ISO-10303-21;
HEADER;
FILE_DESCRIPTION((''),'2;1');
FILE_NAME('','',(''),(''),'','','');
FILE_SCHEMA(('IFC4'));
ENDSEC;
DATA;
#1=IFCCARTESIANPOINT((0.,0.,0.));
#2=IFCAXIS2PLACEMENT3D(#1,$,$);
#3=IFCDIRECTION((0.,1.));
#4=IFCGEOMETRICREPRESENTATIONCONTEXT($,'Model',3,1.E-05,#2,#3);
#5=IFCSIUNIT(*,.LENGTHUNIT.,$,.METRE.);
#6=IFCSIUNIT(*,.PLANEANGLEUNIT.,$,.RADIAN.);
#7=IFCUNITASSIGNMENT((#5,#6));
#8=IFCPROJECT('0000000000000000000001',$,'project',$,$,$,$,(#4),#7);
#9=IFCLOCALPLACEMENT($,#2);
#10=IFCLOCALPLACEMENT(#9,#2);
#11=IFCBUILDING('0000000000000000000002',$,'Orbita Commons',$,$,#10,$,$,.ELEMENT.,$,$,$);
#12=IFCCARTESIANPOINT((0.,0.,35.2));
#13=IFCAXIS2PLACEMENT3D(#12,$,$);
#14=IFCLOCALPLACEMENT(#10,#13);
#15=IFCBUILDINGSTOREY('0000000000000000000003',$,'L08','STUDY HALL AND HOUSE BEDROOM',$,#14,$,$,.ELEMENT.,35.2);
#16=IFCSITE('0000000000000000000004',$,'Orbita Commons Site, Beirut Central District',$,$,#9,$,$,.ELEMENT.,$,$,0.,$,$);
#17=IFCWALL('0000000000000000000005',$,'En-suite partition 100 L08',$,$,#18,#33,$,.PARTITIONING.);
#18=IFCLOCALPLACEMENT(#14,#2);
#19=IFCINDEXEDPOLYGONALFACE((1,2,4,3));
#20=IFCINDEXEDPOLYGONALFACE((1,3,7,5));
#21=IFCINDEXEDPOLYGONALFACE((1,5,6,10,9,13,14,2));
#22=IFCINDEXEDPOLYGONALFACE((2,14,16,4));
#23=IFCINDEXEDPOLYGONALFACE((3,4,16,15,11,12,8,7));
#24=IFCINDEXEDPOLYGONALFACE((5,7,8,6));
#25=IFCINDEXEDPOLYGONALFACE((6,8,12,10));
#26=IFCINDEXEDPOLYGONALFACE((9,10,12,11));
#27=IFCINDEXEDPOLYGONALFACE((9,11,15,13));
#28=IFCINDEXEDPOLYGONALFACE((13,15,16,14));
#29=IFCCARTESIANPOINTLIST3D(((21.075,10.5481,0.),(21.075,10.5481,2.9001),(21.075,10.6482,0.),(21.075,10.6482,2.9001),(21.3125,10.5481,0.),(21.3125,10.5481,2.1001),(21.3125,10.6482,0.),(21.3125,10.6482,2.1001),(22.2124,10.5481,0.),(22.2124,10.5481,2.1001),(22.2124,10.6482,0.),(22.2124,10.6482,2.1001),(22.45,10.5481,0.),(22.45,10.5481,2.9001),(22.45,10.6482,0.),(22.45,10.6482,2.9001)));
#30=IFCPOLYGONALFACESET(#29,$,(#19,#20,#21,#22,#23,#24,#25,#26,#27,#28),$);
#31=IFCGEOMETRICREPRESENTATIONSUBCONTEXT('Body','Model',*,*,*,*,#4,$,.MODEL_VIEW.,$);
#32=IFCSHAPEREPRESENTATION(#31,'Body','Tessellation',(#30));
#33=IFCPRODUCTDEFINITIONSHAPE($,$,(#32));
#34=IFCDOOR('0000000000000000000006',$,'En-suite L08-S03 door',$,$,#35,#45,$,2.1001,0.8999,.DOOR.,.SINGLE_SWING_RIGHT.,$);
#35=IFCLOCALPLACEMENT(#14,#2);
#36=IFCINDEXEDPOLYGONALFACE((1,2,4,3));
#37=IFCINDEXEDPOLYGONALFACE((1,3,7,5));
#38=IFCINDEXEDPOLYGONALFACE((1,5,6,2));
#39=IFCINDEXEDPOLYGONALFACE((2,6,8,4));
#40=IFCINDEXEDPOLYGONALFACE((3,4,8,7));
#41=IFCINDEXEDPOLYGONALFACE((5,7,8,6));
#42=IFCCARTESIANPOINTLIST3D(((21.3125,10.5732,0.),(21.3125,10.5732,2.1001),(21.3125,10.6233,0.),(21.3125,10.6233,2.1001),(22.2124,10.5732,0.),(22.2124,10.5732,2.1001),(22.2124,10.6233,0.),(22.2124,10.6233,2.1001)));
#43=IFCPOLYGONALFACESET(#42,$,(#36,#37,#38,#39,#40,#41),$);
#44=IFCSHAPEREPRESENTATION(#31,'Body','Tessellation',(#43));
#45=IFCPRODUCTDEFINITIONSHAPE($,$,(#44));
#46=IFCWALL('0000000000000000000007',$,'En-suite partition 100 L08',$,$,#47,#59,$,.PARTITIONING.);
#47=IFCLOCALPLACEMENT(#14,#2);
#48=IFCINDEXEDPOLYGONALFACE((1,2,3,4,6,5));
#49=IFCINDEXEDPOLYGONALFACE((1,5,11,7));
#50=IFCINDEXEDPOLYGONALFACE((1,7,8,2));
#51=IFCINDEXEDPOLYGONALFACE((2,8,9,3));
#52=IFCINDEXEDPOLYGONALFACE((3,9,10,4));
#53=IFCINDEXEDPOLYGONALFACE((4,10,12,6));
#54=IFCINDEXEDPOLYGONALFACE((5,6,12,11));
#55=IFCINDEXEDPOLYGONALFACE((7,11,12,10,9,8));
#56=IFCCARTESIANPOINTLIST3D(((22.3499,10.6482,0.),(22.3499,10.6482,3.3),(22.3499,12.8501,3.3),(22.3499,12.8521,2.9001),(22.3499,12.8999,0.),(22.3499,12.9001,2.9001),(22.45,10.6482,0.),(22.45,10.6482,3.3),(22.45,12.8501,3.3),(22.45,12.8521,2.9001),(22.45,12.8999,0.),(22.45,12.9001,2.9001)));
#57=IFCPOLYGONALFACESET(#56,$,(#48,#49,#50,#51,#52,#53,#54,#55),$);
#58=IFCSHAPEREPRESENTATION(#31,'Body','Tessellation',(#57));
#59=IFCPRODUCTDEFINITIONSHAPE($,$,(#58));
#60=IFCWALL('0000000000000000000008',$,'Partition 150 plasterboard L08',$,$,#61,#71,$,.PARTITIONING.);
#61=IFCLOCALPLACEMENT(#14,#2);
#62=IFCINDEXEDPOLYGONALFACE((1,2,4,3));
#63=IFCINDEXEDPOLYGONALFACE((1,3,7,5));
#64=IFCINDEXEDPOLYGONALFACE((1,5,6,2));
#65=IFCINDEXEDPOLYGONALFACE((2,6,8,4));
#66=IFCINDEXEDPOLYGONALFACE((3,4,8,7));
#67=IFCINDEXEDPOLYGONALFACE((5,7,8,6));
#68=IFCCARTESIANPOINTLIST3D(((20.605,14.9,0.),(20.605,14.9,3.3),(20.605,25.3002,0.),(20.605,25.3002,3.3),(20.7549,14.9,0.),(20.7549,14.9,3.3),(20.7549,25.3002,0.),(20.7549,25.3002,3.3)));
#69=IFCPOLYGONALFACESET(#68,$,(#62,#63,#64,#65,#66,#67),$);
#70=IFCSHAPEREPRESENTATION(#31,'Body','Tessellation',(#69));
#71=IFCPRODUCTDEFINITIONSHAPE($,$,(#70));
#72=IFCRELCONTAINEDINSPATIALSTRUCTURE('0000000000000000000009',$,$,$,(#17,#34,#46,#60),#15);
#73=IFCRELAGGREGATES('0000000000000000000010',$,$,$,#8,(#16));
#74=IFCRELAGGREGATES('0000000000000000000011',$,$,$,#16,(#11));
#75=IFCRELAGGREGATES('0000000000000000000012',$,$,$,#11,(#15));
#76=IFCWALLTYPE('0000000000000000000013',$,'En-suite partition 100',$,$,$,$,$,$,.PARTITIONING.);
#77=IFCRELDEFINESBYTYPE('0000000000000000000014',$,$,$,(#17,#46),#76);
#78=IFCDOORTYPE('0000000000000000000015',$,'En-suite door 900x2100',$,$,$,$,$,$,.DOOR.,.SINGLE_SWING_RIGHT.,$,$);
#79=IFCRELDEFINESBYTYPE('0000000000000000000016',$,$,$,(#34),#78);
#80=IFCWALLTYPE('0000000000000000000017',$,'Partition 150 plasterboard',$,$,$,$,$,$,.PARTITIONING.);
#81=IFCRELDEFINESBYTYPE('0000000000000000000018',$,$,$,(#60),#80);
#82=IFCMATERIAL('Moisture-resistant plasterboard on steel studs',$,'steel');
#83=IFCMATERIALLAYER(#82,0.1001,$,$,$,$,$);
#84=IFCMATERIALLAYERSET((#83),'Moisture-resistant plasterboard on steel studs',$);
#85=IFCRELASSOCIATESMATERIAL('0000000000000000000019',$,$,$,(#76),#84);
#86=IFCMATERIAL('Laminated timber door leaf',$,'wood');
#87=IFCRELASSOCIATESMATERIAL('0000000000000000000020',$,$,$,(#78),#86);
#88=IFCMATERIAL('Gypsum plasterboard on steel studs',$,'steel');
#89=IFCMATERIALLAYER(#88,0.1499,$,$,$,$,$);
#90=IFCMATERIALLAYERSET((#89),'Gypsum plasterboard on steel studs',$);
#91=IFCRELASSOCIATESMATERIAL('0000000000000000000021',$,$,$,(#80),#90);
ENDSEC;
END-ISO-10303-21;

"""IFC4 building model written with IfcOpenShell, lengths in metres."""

from ifc_helpers import new_model, si_unit, direction, frame, frame_2d, origin, place, context, subcontext, project, spatial, polyline, rectangle, outline, extrude, material, layer, layer_set, type_object, element, fill, save


model = new_model("IFC4")

# Units and contexts
model_context = context("Model", 3, precision=1e-05, world=origin(), true_north=direction((0.0, 1.0)))
body_context = subcontext(model_context, "Body", "Model", "MODEL_VIEW")
ifc_project = project(units=[si_unit("LENGTHUNIT", "METRE"), si_unit("PLANEANGLEUNIT", "RADIAN")], contexts=[model_context])

# Site, building, storey
site_placement = place(None, origin())
site = spatial("IfcSite", under=ifc_project, at=site_placement, Name="Orbita Commons Site, Beirut Central District", CompositionType="ELEMENT", RefElevation=0.0)
building_placement = place(site_placement, origin())
building = spatial("IfcBuilding", under=site, at=building_placement, Name="Orbita Commons", CompositionType="ELEMENT")
storey_placement = place(building_placement, frame((0.0, 0.0, 35.2)))
storey = spatial("IfcBuildingStorey", under=building, at=storey_placement, Name="L08", Description="STUDY HALL AND HOUSE BEDROOM", CompositionType="ELEMENT", Elevation=35.2)

# Shared definitions
ifc_material_1 = material(Name="Moisture-resistant plasterboard on steel studs", Category="steel")
ifc_layer_1 = layer(ifc_material_1, 0.1001)
ifc_layer_set_1 = layer_set([ifc_layer_1], Name="Moisture-resistant plasterboard on steel studs")
wall_type_1 = type_object("IfcWallType", Name="En-suite partition 100", PredefinedType="PARTITIONING", material=ifc_layer_set_1)
ifc_material_2 = material(Name="Laminated timber door leaf", Category="wood")
door_type_1 = type_object("IfcDoorType", Name="En-suite door 900x2100", OperationType="SINGLE_SWING_RIGHT", PredefinedType="DOOR", material=ifc_material_2)

# Wall, opening, door
wall_1_placement = place(storey_placement, frame((22.45, 10.5981, 0.0), z_axis=(0.0, 0.0, 1.0), x_axis=(-1.0, 0.0, 0.0)))
wall_1 = element("IfcWall", 1, at=wall_1_placement, inside=storey, type_object=wall_type_1, Name="En-suite partition 100 L08", PredefinedType="PARTITIONING", context=body_context, shape_type="SweptSolid", body=[
    extrude(outline(polyline([(0.0, 0.0), (1.375, 0.0), (1.375, 2.9001), (0.0, 2.9001), (0.0, 0.0)])), frame((0.0, 0.05, 0.0), z_axis=(0.0, -1.0, 0.0), x_axis=(1.0, 0.0, 0.0)), (0.0, 0.0, 1.0), 0.1001),
])
opening_1_placement = place(wall_1_placement, frame((0.2375, 0.0, 0.0)))
opening_1 = element("IfcOpeningElement", 2, at=opening_1_placement, cuts=wall_1, PredefinedType="OPENING", context=body_context, shape_type="SweptSolid", body=[
    extrude(rectangle(XDim=0.8999, YDim=2.1001, at=frame_2d((0.45, 1.05))), frame((0.0, 0.0601, 0.0), z_axis=(0.0, -1.0, 0.0), x_axis=(1.0, 0.0, 0.0)), (0.0, 0.0, 1.0), 0.1201),
])
door_1_placement = place(opening_1_placement, origin())
door_1 = element("IfcDoor", 3, at=door_1_placement, inside=storey, type_object=door_type_1, Name="En-suite L08-S03 door", OperationType="SINGLE_SWING_RIGHT", OverallHeight=2.1001, OverallWidth=0.8999, PredefinedType="DOOR", context=body_context, shape_type="SweptSolid", body=[
    extrude(rectangle(XDim=0.8999, YDim=2.1001, at=frame_2d((0.45, 1.05))), frame((0.0, 0.0249, 0.0), z_axis=(0.0, -1.0, 0.0), x_axis=(1.0, 0.0, 0.0)), (0.0, 0.0, 1.0), 0.05),
])
fill(opening_1, door_1)

# Walls
wall_2_placement = place(storey_placement, frame((22.3999, 10.6482, 0.0), z_axis=(0.0, 0.0, 1.0), x_axis=(0.0, 1.0, 0.0)))
element("IfcWall", 4, at=wall_2_placement, inside=storey, type_object=wall_type_1, Name="En-suite partition 100 L08", PredefinedType="PARTITIONING", context=body_context, shape_type="SweptSolid", body=[
    extrude(outline(polyline([(0.0, 0.0), (2.2517, 0.0), (2.252, 2.9001), (2.2039, 2.9001), (2.2019, 3.3), (0.0, 3.3), (0.0, 0.0)])), frame((0.0, 0.05, 0.0), z_axis=(0.0, -1.0, 0.0), x_axis=(1.0, 0.0, 0.0)), (0.0, 0.0, 1.0), 0.1001),
])
ifc_material_3 = material(Name="Gypsum plasterboard on steel studs", Category="steel")
ifc_layer_2 = layer(ifc_material_3, 0.1499)
ifc_layer_set_2 = layer_set([ifc_layer_2], Name="Gypsum plasterboard on steel studs")
wall_type_2 = type_object("IfcWallType", Name="Partition 150 plasterboard", PredefinedType="PARTITIONING", material=ifc_layer_set_2)
wall_3_placement = place(storey_placement, frame((20.6799, 14.8999, 0.0), z_axis=(0.0, 0.0, 1.0), x_axis=(0.0, 1.0, 0.0)))
element("IfcWall", 5, at=wall_3_placement, inside=storey, type_object=wall_type_2, Name="Partition 150 plasterboard L08", PredefinedType="PARTITIONING", context=body_context, shape_type="SweptSolid", body=[
    extrude(rectangle(XDim=10.4001, YDim=0.1499, at=frame_2d((5.2002, 0.0))), origin(), (0.0, 0.0, 1.0), 3.3),
])

save(model, "model.ifc")
